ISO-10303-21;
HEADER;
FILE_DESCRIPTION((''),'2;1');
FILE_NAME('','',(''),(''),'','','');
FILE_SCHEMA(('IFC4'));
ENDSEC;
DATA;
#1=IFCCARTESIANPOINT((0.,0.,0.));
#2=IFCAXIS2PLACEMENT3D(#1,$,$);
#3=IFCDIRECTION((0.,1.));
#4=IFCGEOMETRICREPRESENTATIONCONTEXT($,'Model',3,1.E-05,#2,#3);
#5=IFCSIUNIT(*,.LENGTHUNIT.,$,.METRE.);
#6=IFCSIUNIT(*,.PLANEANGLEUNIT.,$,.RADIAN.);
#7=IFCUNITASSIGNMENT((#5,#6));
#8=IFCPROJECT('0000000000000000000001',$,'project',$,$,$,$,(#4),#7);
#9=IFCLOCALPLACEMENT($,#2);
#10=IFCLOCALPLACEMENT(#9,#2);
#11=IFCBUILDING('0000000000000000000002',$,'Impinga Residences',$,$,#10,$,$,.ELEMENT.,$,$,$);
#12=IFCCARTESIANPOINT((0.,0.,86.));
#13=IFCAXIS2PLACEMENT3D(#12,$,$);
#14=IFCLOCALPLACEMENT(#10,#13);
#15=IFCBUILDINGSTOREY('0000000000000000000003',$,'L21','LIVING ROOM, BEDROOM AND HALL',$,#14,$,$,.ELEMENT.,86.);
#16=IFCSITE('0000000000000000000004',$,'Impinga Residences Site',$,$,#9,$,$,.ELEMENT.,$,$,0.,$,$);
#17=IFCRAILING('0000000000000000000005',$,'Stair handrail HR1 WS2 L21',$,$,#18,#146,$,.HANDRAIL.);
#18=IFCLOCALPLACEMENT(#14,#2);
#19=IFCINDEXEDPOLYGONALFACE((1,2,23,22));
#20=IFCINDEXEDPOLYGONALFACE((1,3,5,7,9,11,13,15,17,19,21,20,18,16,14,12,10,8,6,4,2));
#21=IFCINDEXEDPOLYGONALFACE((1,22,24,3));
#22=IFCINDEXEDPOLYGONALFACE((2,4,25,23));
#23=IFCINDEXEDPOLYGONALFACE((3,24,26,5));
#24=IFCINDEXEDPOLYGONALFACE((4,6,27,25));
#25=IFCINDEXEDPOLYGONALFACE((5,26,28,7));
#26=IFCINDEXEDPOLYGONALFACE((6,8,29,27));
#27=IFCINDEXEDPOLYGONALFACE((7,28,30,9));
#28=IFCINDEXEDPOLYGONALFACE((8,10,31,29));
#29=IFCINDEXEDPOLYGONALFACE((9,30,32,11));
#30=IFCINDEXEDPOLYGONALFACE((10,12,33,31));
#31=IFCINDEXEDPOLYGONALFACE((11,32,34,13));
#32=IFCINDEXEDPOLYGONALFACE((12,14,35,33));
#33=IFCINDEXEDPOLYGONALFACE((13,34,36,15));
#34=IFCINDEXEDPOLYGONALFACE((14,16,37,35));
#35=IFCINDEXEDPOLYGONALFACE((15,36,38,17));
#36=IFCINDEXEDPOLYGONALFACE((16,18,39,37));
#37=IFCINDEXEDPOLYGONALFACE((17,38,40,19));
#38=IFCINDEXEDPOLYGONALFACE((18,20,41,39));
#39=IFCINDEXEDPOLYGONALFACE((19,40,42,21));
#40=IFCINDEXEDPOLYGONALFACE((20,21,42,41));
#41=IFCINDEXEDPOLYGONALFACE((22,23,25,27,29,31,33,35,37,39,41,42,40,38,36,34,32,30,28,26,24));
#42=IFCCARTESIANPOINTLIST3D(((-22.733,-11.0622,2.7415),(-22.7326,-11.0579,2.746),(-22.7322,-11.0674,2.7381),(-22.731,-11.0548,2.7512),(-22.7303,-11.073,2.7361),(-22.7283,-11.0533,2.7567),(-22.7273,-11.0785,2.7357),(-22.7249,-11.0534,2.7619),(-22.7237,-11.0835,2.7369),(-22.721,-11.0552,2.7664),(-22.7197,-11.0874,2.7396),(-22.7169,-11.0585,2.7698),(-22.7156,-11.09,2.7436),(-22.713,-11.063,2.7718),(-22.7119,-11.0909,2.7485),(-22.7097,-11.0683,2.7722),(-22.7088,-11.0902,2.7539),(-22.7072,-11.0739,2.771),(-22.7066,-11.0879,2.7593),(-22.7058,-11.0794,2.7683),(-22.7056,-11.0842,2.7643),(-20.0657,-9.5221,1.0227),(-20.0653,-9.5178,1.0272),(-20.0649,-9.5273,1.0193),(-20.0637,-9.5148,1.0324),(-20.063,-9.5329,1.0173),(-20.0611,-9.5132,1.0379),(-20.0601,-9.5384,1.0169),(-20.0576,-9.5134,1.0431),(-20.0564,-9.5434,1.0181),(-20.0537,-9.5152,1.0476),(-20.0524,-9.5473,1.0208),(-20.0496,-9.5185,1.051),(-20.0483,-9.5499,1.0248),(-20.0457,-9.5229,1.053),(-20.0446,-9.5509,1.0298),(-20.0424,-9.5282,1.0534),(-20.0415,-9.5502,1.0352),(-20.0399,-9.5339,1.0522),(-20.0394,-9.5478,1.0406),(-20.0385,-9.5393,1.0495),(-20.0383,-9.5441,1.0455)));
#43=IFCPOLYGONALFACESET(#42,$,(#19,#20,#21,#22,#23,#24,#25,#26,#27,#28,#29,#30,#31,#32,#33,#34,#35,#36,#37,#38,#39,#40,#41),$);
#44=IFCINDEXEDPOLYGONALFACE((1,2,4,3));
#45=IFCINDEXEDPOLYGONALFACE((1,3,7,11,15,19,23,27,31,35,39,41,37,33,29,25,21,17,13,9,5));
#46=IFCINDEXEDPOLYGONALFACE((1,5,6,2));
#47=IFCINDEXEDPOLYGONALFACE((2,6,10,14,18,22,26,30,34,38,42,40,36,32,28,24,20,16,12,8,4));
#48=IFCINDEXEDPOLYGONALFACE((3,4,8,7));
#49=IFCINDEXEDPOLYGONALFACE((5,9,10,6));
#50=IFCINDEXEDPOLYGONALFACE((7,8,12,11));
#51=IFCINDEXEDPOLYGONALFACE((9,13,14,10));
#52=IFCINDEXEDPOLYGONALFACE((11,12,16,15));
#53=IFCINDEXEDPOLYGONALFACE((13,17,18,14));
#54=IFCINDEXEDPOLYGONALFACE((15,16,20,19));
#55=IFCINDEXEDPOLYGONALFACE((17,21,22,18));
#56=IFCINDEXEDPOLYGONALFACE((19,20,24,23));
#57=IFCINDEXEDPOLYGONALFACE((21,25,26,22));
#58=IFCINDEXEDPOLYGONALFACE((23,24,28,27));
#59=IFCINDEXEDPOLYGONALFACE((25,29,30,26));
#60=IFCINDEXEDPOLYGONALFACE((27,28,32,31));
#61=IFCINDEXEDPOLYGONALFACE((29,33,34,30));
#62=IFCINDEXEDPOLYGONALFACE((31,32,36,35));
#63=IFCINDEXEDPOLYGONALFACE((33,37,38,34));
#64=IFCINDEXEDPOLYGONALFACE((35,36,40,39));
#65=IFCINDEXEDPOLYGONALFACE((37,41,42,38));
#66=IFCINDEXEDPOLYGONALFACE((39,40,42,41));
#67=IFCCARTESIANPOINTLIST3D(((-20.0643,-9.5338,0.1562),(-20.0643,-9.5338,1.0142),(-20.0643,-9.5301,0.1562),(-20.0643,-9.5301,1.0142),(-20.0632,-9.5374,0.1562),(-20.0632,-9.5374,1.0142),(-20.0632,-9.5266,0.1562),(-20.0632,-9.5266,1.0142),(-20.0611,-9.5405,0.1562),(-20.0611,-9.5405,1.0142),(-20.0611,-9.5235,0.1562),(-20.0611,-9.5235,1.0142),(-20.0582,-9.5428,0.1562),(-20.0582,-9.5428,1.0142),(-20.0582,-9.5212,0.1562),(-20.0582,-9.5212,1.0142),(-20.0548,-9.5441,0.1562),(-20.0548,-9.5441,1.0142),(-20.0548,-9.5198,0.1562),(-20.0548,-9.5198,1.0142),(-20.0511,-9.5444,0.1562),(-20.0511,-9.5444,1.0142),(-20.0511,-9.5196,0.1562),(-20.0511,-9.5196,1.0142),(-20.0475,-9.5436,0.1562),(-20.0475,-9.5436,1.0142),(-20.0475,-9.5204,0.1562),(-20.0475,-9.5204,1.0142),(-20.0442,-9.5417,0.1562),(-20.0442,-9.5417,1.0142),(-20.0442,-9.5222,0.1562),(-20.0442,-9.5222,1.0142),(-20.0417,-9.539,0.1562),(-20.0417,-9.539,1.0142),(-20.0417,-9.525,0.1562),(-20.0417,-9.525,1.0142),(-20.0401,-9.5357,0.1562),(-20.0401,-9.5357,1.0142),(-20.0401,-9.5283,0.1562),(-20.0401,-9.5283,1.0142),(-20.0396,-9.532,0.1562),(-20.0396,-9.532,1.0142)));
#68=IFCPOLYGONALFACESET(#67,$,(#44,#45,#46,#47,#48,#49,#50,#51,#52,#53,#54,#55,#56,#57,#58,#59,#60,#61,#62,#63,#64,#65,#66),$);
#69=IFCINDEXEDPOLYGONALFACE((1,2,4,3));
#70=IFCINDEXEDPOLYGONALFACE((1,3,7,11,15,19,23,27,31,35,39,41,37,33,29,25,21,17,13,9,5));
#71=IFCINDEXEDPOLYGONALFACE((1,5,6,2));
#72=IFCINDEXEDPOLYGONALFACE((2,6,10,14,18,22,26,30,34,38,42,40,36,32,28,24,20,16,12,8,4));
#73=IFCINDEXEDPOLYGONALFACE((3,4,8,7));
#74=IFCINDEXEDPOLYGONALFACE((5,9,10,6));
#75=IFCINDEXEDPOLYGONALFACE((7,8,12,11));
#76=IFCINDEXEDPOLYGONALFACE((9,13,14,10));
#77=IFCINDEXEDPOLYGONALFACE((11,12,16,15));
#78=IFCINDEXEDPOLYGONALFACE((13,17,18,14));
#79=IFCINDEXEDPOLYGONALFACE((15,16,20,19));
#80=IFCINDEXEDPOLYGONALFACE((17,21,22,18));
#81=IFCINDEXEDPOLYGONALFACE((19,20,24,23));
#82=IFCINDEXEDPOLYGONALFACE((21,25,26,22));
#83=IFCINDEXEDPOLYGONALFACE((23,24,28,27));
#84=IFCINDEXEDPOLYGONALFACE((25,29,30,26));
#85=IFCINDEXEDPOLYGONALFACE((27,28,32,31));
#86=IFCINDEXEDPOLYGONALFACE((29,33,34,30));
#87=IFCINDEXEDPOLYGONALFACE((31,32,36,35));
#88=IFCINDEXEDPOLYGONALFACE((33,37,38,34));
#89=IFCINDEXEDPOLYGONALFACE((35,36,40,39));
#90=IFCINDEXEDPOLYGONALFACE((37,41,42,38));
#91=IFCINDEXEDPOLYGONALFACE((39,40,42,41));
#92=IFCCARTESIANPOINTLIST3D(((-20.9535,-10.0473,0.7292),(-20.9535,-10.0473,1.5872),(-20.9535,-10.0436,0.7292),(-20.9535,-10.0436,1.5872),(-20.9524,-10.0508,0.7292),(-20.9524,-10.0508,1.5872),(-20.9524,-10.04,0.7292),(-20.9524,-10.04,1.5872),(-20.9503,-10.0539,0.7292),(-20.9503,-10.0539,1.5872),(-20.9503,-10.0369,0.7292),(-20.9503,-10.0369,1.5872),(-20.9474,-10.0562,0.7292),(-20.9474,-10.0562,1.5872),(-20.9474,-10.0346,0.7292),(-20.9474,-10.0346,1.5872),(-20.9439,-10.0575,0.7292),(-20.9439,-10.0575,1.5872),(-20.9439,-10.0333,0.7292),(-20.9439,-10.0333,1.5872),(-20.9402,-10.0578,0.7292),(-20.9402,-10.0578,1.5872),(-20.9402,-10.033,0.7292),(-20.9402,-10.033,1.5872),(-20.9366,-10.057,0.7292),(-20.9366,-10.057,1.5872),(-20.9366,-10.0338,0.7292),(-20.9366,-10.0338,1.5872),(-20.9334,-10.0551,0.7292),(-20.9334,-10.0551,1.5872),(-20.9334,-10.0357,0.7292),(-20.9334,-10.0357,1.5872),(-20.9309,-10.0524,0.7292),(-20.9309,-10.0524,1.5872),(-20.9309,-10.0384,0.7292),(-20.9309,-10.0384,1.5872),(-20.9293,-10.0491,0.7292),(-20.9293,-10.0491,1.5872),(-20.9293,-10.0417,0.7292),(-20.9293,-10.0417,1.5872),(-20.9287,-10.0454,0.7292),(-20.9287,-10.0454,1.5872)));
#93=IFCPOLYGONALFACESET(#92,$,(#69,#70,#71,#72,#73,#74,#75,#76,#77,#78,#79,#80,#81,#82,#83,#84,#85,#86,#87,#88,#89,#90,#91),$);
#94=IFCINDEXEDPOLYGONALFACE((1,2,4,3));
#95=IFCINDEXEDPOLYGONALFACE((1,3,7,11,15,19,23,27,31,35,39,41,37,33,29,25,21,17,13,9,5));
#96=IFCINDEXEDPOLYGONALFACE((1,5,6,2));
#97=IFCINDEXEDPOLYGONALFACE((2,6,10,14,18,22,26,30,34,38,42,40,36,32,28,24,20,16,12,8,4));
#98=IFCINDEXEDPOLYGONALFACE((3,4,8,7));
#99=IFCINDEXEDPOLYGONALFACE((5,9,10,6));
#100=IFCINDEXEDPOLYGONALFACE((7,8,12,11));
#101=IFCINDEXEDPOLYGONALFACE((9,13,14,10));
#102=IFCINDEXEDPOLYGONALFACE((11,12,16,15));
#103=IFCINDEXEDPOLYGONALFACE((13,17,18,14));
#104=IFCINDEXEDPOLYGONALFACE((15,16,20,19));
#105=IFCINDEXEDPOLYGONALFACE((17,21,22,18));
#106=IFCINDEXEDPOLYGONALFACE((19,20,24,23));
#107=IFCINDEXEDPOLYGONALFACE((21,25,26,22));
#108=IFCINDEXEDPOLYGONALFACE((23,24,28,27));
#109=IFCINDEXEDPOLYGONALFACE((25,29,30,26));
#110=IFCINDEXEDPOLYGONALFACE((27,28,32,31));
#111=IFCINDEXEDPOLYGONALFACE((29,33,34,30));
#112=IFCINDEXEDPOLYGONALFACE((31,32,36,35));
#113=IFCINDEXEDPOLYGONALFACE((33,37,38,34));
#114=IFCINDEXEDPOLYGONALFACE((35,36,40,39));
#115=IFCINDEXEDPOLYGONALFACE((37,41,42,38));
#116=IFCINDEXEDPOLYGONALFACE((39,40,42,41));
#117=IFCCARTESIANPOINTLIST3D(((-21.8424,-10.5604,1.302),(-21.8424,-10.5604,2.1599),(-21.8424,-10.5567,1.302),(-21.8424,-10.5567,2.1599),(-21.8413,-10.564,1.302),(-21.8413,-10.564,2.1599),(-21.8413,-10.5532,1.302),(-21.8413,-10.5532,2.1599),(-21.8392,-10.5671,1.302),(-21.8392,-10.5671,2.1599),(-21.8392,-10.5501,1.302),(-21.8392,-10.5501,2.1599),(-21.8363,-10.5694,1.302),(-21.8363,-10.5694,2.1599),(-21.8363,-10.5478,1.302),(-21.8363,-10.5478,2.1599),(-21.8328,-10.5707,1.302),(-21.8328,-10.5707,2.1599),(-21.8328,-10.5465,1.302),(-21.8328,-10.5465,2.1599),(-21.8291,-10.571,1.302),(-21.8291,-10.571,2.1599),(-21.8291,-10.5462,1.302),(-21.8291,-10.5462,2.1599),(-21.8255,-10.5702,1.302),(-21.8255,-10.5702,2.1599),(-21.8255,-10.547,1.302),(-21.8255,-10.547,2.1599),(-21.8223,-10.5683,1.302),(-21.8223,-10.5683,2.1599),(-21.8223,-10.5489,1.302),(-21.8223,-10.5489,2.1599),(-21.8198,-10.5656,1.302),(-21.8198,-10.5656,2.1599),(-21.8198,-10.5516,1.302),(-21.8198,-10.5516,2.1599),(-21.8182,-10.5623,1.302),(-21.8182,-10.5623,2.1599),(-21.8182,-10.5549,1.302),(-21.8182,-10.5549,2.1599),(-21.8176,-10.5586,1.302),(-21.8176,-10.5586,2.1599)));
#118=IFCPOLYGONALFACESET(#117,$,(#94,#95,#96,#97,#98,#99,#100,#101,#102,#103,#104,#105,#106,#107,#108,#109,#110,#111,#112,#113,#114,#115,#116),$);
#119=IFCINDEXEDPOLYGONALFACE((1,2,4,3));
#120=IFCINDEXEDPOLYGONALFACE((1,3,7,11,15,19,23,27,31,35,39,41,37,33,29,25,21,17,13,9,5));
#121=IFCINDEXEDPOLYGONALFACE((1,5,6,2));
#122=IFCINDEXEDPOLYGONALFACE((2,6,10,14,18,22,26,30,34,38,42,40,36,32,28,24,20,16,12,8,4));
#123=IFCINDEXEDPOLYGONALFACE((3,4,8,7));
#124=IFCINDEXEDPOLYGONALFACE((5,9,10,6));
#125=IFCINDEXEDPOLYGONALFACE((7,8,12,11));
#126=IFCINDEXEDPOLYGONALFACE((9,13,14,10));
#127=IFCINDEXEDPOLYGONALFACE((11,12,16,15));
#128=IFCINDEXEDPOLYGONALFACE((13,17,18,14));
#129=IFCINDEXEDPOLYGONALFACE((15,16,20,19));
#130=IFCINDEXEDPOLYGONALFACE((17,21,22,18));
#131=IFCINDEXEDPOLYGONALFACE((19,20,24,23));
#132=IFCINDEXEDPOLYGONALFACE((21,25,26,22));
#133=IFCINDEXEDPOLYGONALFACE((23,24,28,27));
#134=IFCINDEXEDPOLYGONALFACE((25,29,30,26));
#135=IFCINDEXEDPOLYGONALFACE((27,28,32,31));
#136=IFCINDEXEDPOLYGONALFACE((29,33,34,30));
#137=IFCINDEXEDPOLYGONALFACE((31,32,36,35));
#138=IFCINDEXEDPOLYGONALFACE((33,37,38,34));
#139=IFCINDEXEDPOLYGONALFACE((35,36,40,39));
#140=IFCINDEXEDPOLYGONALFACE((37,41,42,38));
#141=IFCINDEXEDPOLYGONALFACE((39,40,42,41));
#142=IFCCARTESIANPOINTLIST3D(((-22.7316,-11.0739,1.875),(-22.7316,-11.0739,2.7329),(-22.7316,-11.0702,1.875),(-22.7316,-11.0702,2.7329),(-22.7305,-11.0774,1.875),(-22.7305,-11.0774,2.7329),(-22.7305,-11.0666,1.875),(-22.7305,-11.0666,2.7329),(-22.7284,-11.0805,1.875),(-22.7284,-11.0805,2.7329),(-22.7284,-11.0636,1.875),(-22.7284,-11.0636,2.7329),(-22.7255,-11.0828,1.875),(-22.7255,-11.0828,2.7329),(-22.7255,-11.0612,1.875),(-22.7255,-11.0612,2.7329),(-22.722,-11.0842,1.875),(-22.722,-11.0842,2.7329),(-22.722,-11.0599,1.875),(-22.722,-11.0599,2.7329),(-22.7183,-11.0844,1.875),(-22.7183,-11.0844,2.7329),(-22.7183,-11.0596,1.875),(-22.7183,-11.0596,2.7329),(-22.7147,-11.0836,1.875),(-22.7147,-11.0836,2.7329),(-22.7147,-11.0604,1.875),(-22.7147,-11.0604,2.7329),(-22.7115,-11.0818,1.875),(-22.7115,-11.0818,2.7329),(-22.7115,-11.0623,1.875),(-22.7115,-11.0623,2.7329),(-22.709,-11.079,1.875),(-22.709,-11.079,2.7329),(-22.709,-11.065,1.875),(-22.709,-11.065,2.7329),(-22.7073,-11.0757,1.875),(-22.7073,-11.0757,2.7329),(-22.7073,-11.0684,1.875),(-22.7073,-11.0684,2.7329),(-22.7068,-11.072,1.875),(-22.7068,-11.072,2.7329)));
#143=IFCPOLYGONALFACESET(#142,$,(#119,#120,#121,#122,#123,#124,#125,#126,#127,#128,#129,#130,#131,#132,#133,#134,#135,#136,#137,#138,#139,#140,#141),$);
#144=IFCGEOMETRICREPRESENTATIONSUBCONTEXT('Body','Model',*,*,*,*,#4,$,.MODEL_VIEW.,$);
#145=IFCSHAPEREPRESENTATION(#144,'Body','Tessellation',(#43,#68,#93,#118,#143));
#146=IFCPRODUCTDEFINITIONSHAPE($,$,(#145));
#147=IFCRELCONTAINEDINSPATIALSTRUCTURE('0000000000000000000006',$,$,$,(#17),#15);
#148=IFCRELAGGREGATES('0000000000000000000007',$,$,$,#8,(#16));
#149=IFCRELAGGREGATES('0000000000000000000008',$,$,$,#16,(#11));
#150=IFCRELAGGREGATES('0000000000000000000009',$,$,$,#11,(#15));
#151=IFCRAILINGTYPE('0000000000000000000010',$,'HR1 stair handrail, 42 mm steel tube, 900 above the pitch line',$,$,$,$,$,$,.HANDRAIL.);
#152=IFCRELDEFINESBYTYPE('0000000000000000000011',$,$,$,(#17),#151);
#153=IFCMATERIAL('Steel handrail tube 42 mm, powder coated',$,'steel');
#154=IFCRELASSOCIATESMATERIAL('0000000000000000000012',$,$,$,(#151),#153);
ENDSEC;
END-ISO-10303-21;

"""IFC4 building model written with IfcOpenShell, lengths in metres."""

from ifc_helpers import new_model, si_unit, direction, frame, origin, origin_2d, place, context, subcontext, project, spatial, circle, extrude, material, type_object, element, save


model = new_model("IFC4")

# Units and contexts
model_context = context("Model", 3, precision=1e-05, world=origin(), true_north=direction((0.0, 1.0)))
body_context = subcontext(model_context, "Body", "Model", "MODEL_VIEW")
ifc_project = project(units=[si_unit("LENGTHUNIT", "METRE"), si_unit("PLANEANGLEUNIT", "RADIAN")], contexts=[model_context])

# Site, building, storey
site_placement = place(None, origin())
site = spatial("IfcSite", under=ifc_project, at=site_placement, Name="Impinga Residences Site", CompositionType="ELEMENT", RefElevation=0.0)
building_placement = place(site_placement, origin())
building = spatial("IfcBuilding", under=site, at=building_placement, Name="Impinga Residences", CompositionType="ELEMENT")
storey_placement = place(building_placement, frame((0.0, 0.0, 86.0)))
storey = spatial("IfcBuildingStorey", under=building, at=storey_placement, Name="L21", Description="LIVING ROOM, BEDROOM AND HALL", CompositionType="ELEMENT", Elevation=86.0)

# Railing
ifc_material_1 = material(Name="Steel handrail tube 42 mm, powder coated", Category="steel")
railing_type_1 = type_object("IfcRailingType", Name="HR1 stair handrail, 42 mm steel tube, 900 above the pitch line", PredefinedType="HANDRAIL", material=ifc_material_1)
railing_1_placement = place(storey_placement, frame((-20.052, -9.532, 0.1562)))
element("IfcRailing", 1, at=railing_1_placement, inside=storey, type_object=railing_type_1, Name="Stair handrail HR1 WS2 L21", PredefinedType="HANDRAIL", context=body_context, shape_type="SweptSolid", body=[
    extrude(circle(Radius=0.021, at=origin_2d()), frame((0.0, 0.0, 0.8789), z_axis=(-0.756226, -0.436639, 0.487307), x_axis=(0.500027, -0.86601, 0.0)), (0.0, 0.0, 1.0), 3.5271),
    extrude(circle(Radius=0.0125, at=origin_2d()), origin(), (0.0, 0.0, 1.0), 0.8579),
    extrude(circle(Radius=0.0125, at=origin_2d()), frame((-0.8892, -0.5134, 0.573)), (0.0, 0.0, 1.0), 0.8579),
    extrude(circle(Radius=0.0125, at=origin_2d()), frame((-1.7781, -1.0266, 1.1458)), (0.0, 0.0, 1.0), 0.8579),
    extrude(circle(Radius=0.0125, at=origin_2d()), frame((-2.6672, -1.54, 1.7188)), (0.0, 0.0, 1.0), 0.8579),
])

save(model, "model.ifc")
